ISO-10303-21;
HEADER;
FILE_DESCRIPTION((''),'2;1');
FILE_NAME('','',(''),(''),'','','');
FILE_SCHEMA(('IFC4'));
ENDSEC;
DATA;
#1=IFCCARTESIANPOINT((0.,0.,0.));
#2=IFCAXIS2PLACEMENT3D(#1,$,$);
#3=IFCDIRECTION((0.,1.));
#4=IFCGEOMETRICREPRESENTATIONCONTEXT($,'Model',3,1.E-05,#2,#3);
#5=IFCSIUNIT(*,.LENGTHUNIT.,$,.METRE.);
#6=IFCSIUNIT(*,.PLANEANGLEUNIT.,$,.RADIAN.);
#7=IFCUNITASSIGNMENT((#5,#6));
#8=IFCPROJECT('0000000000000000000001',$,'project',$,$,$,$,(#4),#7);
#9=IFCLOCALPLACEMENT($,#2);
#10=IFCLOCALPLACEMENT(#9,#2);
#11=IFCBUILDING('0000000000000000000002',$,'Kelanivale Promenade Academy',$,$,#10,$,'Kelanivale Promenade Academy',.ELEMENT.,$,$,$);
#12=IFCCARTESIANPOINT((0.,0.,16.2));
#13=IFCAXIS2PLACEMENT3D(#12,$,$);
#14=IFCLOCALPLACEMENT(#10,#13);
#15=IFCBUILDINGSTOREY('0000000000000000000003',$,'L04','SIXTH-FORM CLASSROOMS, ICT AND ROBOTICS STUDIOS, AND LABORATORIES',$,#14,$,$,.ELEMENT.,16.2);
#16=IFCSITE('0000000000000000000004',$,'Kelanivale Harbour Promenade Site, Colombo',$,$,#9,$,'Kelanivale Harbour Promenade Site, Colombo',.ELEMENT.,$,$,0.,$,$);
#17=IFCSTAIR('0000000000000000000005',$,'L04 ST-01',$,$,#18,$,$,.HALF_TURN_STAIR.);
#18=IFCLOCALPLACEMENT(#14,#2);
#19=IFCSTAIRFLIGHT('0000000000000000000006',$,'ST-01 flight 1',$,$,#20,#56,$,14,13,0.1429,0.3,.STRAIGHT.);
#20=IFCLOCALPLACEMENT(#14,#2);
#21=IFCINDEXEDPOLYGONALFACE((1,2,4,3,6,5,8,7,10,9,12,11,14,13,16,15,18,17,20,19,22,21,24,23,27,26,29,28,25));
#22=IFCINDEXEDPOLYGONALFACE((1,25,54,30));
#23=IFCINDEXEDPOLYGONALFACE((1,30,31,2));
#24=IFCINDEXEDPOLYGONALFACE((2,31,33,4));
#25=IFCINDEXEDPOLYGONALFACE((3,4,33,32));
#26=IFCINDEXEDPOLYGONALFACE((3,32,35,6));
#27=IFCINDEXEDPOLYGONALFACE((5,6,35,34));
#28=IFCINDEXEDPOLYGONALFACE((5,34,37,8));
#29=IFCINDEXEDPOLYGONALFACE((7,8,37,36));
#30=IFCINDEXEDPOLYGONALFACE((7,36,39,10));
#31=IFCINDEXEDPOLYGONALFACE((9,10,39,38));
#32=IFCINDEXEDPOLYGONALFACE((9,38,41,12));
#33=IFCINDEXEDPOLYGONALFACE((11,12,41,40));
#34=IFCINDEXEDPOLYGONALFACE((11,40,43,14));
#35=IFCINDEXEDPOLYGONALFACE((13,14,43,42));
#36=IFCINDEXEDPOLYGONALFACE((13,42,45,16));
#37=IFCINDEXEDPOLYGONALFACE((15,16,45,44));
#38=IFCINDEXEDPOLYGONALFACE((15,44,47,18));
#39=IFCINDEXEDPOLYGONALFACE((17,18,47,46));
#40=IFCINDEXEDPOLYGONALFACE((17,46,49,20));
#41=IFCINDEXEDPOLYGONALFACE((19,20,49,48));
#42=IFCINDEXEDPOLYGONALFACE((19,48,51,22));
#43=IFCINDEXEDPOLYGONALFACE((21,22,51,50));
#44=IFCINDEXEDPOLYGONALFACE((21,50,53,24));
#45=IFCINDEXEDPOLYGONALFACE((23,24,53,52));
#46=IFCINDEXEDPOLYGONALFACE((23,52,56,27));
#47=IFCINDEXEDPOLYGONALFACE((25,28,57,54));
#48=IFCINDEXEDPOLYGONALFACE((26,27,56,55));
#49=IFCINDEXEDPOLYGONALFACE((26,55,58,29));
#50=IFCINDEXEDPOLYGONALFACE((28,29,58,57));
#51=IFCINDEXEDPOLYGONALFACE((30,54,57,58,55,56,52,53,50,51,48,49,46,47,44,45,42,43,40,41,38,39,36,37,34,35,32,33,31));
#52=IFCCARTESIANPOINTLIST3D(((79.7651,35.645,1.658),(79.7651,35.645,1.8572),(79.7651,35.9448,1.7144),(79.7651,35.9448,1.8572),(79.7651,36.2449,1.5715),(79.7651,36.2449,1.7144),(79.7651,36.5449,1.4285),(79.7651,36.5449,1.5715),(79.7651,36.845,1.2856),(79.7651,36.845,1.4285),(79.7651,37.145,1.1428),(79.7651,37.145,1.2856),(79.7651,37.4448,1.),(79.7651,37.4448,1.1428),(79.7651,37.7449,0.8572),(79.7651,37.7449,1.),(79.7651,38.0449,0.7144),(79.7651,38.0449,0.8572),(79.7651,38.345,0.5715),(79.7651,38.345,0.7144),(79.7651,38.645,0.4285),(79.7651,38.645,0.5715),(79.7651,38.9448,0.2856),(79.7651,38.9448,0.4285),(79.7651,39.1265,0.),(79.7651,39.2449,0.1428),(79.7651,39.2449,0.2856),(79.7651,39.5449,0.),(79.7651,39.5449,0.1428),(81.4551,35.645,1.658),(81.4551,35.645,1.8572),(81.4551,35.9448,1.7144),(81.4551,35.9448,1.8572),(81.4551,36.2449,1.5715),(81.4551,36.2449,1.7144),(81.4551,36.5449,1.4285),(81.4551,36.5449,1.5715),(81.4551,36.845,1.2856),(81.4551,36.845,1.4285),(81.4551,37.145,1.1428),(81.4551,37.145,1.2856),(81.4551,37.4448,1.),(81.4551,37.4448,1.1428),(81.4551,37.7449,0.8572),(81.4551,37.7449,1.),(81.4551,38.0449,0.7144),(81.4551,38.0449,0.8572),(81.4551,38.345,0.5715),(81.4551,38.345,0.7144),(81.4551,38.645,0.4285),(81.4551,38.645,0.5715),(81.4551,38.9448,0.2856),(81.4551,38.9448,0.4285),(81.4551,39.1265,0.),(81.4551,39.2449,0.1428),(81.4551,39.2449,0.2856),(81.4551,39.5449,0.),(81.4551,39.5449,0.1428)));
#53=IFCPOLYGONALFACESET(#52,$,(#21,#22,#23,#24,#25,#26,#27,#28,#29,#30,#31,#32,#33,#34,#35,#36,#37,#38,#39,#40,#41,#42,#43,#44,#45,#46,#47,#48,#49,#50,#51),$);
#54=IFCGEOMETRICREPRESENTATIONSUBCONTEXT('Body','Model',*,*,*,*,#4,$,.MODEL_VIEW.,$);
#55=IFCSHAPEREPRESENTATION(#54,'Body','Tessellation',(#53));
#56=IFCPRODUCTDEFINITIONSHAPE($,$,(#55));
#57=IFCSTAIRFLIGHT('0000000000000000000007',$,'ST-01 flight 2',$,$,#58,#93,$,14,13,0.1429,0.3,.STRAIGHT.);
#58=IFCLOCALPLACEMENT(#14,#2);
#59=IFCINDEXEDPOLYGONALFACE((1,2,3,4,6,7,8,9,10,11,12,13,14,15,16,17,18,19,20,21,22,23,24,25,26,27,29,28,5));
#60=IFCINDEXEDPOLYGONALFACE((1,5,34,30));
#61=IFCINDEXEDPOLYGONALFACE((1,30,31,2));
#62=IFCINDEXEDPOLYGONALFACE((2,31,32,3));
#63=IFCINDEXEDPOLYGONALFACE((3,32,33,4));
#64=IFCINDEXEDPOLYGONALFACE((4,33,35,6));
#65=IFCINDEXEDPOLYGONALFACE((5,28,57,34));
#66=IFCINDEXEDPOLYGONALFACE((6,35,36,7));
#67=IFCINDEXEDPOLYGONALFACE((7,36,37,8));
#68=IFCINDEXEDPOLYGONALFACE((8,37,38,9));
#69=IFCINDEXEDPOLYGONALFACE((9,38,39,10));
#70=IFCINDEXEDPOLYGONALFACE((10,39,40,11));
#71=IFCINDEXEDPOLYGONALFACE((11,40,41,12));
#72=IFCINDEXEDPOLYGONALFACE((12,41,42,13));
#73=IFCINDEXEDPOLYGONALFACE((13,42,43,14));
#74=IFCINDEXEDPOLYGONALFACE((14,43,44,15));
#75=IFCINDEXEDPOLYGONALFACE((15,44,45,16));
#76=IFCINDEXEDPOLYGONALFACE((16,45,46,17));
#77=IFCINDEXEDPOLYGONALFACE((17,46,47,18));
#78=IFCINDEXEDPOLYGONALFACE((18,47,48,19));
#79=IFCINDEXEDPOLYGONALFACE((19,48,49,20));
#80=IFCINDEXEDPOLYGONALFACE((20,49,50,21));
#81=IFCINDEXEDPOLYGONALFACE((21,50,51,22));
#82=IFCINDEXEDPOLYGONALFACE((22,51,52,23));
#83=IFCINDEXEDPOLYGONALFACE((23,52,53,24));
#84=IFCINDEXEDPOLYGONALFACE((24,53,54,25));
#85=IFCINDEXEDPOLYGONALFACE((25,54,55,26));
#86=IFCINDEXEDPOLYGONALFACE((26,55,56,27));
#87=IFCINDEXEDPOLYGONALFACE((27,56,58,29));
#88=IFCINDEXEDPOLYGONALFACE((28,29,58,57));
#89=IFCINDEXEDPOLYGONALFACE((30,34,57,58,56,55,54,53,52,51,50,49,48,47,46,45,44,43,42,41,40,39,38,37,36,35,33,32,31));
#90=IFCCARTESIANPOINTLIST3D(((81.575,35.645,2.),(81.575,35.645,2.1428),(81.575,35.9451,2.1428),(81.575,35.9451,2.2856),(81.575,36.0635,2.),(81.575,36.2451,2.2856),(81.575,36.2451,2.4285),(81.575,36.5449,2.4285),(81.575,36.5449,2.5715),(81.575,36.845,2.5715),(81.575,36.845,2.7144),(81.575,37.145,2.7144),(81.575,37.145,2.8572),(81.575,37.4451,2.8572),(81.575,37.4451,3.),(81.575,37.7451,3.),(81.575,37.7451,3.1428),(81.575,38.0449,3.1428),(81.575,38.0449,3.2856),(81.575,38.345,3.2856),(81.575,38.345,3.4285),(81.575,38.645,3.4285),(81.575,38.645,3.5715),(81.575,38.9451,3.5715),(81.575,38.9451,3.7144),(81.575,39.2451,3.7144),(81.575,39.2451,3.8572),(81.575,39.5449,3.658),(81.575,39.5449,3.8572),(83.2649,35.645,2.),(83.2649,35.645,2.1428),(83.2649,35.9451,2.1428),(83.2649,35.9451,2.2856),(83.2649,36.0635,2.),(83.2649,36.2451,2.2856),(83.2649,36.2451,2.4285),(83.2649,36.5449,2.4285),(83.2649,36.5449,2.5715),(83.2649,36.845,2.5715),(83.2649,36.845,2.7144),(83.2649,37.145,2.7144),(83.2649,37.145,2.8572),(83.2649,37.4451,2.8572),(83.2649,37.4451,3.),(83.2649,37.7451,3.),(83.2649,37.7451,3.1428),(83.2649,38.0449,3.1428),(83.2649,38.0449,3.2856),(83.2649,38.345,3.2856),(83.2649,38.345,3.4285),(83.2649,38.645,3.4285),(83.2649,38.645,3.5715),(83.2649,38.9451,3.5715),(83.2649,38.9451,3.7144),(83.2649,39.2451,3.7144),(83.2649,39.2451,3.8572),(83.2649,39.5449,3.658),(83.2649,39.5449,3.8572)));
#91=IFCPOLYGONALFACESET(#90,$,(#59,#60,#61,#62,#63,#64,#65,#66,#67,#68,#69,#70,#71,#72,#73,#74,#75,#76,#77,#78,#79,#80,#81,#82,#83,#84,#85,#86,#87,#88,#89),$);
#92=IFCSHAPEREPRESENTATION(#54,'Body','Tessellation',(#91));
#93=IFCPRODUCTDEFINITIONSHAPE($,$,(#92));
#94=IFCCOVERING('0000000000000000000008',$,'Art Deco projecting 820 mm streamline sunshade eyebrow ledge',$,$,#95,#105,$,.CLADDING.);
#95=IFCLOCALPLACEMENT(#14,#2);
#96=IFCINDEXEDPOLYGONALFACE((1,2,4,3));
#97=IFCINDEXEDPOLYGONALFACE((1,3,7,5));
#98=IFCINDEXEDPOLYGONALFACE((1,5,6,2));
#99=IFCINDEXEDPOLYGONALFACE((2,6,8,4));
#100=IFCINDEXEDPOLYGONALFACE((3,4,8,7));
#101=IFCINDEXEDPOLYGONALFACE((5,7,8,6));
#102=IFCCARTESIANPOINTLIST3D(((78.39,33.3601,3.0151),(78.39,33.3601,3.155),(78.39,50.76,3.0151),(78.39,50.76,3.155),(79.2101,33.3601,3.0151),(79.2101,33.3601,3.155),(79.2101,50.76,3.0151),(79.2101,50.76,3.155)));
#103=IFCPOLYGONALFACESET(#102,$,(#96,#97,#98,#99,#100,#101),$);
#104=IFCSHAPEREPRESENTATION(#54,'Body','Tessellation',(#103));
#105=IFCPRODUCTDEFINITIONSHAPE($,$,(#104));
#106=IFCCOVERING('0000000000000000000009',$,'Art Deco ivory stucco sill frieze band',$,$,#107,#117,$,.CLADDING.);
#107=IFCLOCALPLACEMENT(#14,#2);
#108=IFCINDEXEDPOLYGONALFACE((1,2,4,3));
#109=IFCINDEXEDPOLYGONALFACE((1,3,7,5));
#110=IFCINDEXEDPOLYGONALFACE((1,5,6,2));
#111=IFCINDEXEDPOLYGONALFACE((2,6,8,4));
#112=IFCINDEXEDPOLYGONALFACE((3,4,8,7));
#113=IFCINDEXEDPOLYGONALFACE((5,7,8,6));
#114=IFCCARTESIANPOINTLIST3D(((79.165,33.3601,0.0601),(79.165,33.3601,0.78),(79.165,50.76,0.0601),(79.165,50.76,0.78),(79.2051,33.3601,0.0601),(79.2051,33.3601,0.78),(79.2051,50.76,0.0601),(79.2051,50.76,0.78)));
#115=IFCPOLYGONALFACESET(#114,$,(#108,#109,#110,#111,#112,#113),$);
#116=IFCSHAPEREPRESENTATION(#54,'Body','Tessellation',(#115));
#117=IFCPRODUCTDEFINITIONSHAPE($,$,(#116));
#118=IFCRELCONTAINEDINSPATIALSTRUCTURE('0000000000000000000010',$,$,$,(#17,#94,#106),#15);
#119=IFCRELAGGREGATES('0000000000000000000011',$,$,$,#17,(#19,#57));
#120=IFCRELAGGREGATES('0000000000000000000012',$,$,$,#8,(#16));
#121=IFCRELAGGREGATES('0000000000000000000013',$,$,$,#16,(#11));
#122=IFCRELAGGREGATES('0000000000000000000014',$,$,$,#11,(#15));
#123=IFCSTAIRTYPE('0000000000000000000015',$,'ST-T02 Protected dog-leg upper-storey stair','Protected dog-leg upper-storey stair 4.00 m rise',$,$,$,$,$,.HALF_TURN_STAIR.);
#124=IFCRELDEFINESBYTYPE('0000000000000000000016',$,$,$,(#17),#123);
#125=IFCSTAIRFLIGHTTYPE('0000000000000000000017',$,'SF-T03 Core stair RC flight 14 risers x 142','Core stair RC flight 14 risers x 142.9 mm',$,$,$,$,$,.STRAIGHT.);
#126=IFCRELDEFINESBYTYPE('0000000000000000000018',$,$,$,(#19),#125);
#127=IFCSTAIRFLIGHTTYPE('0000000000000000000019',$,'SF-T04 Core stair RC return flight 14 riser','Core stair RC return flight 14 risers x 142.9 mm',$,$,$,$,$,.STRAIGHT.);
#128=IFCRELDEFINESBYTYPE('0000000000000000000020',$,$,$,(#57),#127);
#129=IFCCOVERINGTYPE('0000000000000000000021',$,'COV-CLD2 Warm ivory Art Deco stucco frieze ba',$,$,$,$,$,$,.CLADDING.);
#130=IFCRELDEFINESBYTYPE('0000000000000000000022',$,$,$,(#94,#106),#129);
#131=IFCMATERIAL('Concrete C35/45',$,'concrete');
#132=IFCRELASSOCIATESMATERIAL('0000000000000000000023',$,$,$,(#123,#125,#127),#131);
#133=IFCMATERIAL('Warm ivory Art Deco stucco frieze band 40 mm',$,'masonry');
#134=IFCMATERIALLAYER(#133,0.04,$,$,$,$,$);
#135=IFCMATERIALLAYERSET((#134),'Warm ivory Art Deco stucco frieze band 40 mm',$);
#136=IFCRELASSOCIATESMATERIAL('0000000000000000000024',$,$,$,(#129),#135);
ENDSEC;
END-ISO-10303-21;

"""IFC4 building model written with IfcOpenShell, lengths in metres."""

from ifc_helpers import new_model, si_unit, direction, frame, origin, origin_2d, place, context, subcontext, project, spatial, polyline, rectangle, outline, extrude, material, layer, layer_set, type_object, element, aggregate, save


model = new_model("IFC4")

# Units and contexts
model_context = context("Model", 3, precision=1e-05, world=origin(), true_north=direction((0.0, 1.0)))
body_context = subcontext(model_context, "Body", "Model", "MODEL_VIEW")
ifc_project = project(units=[si_unit("LENGTHUNIT", "METRE"), si_unit("PLANEANGLEUNIT", "RADIAN")], contexts=[model_context])

# Site, building, storey
site_placement = place(None, origin())
site = spatial("IfcSite", under=ifc_project, at=site_placement, Name="Kelanivale Harbour Promenade Site, Colombo", LongName="Kelanivale Harbour Promenade Site, Colombo", CompositionType="ELEMENT", RefElevation=0.0)
building_placement = place(site_placement, origin())
building = spatial("IfcBuilding", under=site, at=building_placement, Name="Kelanivale Promenade Academy", LongName="Kelanivale Promenade Academy", CompositionType="ELEMENT")
storey_placement = place(building_placement, frame((0.0, 0.0, 16.2)))
storey = spatial("IfcBuildingStorey", under=building, at=storey_placement, Name="L04", Description="SIXTH-FORM CLASSROOMS, ICT AND ROBOTICS STUDIOS, AND LABORATORIES", CompositionType="ELEMENT", Elevation=16.2)

# Shared definitions
ifc_material_1 = material(Name="Concrete C35/45", Category="concrete")

# Stair, stair flights
stair_type = type_object("IfcStairType", Name="ST-T02 Protected dog-leg upper-storey stair", Description="Protected dog-leg upper-storey stair 4.00 m rise", PredefinedType="HALF_TURN_STAIR", material=ifc_material_1)
stair_placement = place(storey_placement, origin())
stair = element("IfcStair", 1, at=stair_placement, inside=storey, type_object=stair_type, Name="L04 ST-01", PredefinedType="HALF_TURN_STAIR")
stair_flight_type_1 = type_object("IfcStairFlightType", Name="SF-T03 Core stair RC flight 14 risers x 142", Description="Core stair RC flight 14 risers x 142.9 mm", PredefinedType="STRAIGHT", material=ifc_material_1)
stair_flight_1_placement = place(storey_placement, frame((80.6101, 39.5449, 0.0), z_axis=(0.0, 0.0, 1.0), x_axis=(0.0, -1.0, 0.0)))
stair_flight_1 = element("IfcStairFlight", 2, at=stair_flight_1_placement, type_object=stair_flight_type_1, Name="ST-01 flight 1", NumberOfRisers=14, NumberOfTreads=13, PredefinedType="STRAIGHT", RiserHeight=0.1429, TreadLength=0.3, context=body_context, shape_type="SweptSolid", body=[
    extrude(outline(polyline([(0.0, 0.0), (0.0, 0.1428), (0.3, 0.1428), (0.3, 0.2856), (0.6001, 0.2856), (0.6001, 0.4285), (0.8999, 0.4285), (0.8999, 0.5715), (1.2, 0.5715), (1.2, 0.7144), (1.5, 0.7144), (1.5, 0.8572), (1.8, 0.8572), (1.8, 1.0), (2.1001, 1.0), (2.1001, 1.1428), (2.3999, 1.1428), (2.3999, 1.2856), (2.7, 1.2856), (2.7, 1.4285), (3.0, 1.4285), (3.0, 1.5715), (3.3, 1.5715), (3.3, 1.7144), (3.6001, 1.7144), (3.6001, 1.8572), (3.8999, 1.8572), (3.8999, 2.0), (3.8999, 1.658), (0.4185, 0.0), (0.0, 0.0)])), frame((0.0, 0.845, 0.0), z_axis=(0.0, -1.0, 0.0), x_axis=(1.0, 0.0, 0.0)), (0.0, 0.0, 1.0), 1.6899),
])
stair_flight_type_2 = type_object("IfcStairFlightType", Name="SF-T04 Core stair RC return flight 14 riser", Description="Core stair RC return flight 14 risers x 142.9 mm", PredefinedType="STRAIGHT", material=ifc_material_1)
stair_flight_2_placement = place(storey_placement, frame((82.4199, 35.645, 2.0), z_axis=(0.0, 0.0, 1.0), x_axis=(0.0, 1.0, 0.0)))
stair_flight_2 = element("IfcStairFlight", 3, at=stair_flight_2_placement, type_object=stair_flight_type_2, Name="ST-01 flight 2", NumberOfRisers=14, NumberOfTreads=13, PredefinedType="STRAIGHT", RiserHeight=0.1429, TreadLength=0.3, context=body_context, shape_type="SweptSolid", body=[
    extrude(outline(polyline([(0.0, 0.0), (0.0, 0.1428), (0.3, 0.1428), (0.3, 0.2856), (0.6001, 0.2856), (0.6001, 0.4285), (0.8999, 0.4285), (0.8999, 0.5715), (1.2, 0.5715), (1.2, 0.7144), (1.5, 0.7144), (1.5, 0.8572), (1.8, 0.8572), (1.8, 1.0), (2.1001, 1.0), (2.1001, 1.1428), (2.3999, 1.1428), (2.3999, 1.2856), (2.7, 1.2856), (2.7, 1.4285), (3.0, 1.4285), (3.0, 1.5715), (3.3, 1.5715), (3.3, 1.7144), (3.6001, 1.7144), (3.6001, 1.8572), (3.8999, 1.8572), (3.8999, 2.0), (3.8999, 1.658), (0.4185, 0.0), (0.0, 0.0)])), frame((0.0, 0.845, 0.0), z_axis=(0.0, -1.0, 0.0), x_axis=(1.0, 0.0, 0.0)), (0.0, 0.0, 1.0), 1.6899),
])
aggregate(stair, [stair_flight_1, stair_flight_2])

# Coverings
ifc_material_2 = material(Name="Warm ivory Art Deco stucco frieze band 40 mm", Category="masonry")
ifc_layer_1 = layer(ifc_material_2, 0.04)
ifc_layer_set_1 = layer_set([ifc_layer_1], Name="Warm ivory Art Deco stucco frieze band 40 mm")
covering_type = type_object("IfcCoveringType", Name="COV-CLD2 Warm ivory Art Deco stucco frieze ba", PredefinedType="CLADDING", material=ifc_layer_set_1)
covering_1_placement = place(storey_placement, frame((78.8, 42.0601, 3.0151), z_axis=(0.0, 0.0, 1.0), x_axis=(0.0, -1.0, 0.0)))
element("IfcCovering", 4, at=covering_1_placement, inside=storey, type_object=covering_type, Name="Art Deco projecting 820 mm streamline sunshade eyebrow ledge", PredefinedType="CLADDING", context=body_context, shape_type="SweptSolid", body=[
    extrude(rectangle(XDim=17.3999, YDim=0.8201, at=origin_2d()), origin(), (0.0, 0.0, 1.0), 0.1399),
])
covering_2_placement = place(storey_placement, frame((79.1851, 42.0601, 0.0601), z_axis=(0.0, 0.0, 1.0), x_axis=(0.0, -1.0, 0.0)))
element("IfcCovering", 5, at=covering_2_placement, inside=storey, type_object=covering_type, Name="Art Deco ivory stucco sill frieze band", PredefinedType="CLADDING", context=body_context, shape_type="SweptSolid", body=[
    extrude(rectangle(XDim=17.3999, YDim=0.04, at=origin_2d()), origin(), (0.0, 0.0, 1.0), 0.72),
])

save(model, "model.ifc")
